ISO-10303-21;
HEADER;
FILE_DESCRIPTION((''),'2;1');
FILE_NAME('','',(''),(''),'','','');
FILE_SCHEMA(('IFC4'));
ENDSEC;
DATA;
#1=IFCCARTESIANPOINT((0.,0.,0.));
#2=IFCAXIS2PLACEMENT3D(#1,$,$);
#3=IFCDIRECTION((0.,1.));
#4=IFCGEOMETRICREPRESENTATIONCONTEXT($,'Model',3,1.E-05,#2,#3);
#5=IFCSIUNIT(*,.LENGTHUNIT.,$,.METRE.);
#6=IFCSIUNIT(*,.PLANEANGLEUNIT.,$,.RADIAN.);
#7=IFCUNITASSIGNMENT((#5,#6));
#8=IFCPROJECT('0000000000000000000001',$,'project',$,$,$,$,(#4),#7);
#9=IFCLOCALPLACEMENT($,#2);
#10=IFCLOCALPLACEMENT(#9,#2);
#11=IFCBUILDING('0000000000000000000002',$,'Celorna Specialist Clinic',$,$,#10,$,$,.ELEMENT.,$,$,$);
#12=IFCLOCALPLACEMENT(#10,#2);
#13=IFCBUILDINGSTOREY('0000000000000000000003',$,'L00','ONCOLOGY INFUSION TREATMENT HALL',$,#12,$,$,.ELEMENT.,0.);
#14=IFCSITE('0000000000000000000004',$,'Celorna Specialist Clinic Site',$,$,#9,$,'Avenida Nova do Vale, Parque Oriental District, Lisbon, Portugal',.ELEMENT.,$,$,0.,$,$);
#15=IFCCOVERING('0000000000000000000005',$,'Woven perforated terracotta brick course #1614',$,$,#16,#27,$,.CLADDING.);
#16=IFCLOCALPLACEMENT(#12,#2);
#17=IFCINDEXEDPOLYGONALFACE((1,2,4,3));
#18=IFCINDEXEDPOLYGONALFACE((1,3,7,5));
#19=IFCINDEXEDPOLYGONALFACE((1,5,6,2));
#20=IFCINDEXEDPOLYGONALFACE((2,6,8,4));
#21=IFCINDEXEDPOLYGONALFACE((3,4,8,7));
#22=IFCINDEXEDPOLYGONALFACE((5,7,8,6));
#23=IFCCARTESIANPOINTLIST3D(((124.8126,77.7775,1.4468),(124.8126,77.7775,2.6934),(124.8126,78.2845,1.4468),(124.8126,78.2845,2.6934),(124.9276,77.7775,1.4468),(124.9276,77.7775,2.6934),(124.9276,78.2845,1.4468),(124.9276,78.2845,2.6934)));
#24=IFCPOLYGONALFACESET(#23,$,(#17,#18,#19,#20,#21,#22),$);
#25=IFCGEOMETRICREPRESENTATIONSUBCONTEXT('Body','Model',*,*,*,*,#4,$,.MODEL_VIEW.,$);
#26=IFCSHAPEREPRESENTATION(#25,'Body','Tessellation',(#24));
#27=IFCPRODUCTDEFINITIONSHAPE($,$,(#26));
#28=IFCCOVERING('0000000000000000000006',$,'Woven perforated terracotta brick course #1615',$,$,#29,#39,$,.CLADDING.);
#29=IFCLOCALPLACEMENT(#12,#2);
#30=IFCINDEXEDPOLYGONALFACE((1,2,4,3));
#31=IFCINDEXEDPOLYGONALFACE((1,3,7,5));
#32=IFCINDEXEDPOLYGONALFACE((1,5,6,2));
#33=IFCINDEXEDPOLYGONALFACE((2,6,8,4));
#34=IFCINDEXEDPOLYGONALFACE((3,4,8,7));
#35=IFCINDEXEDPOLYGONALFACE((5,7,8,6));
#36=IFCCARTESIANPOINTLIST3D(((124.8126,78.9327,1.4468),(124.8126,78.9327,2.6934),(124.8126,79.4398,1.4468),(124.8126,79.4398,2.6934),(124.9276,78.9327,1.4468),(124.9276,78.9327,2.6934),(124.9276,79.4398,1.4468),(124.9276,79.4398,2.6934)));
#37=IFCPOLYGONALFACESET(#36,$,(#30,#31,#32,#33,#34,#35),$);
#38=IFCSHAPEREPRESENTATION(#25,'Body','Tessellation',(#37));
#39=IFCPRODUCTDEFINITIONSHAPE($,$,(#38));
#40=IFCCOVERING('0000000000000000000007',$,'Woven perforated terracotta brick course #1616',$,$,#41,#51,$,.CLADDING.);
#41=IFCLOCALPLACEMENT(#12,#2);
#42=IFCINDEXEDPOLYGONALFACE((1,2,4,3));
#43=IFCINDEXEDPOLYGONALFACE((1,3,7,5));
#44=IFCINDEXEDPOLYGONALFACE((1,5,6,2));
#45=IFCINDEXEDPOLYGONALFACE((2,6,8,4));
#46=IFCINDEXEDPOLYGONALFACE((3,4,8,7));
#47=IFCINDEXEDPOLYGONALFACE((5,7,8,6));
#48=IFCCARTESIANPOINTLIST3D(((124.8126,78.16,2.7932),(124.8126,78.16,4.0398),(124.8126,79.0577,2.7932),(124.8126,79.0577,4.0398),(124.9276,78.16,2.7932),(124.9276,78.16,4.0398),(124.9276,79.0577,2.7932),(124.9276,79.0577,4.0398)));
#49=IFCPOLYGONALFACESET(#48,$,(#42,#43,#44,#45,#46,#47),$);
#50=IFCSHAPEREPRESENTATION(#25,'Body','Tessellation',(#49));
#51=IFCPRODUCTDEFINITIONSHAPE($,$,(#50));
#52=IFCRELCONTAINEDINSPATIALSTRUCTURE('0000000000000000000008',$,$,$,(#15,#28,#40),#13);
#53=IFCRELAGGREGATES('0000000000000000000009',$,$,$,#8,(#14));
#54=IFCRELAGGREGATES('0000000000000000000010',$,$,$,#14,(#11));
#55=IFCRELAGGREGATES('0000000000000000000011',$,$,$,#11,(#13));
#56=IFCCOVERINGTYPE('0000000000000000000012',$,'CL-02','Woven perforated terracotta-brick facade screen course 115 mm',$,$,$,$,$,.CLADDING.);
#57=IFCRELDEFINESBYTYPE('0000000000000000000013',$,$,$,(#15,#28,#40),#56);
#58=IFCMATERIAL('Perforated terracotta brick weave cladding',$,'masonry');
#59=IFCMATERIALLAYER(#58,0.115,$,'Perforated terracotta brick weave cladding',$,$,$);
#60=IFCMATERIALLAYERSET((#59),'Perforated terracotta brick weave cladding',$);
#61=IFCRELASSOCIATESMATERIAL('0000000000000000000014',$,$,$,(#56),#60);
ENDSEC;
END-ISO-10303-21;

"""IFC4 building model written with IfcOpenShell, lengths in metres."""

from ifc_helpers import new_model, si_unit, direction, frame, origin, origin_2d, place, context, subcontext, project, spatial, rectangle, extrude, material, layer, layer_set, type_object, element, save


model = new_model("IFC4")

# Units and contexts
model_context = context("Model", 3, precision=1e-05, world=origin(), true_north=direction((0.0, 1.0)))
body_context = subcontext(model_context, "Body", "Model", "MODEL_VIEW")
ifc_project = project(units=[si_unit("LENGTHUNIT", "METRE"), si_unit("PLANEANGLEUNIT", "RADIAN")], contexts=[model_context])

# Site, building, storey
site_placement = place(None, origin())
site = spatial("IfcSite", under=ifc_project, at=site_placement, Name="Celorna Specialist Clinic Site", LongName="Avenida Nova do Vale, Parque Oriental District, Lisbon, Portugal", CompositionType="ELEMENT", RefElevation=0.0)
building_placement = place(site_placement, origin())
building = spatial("IfcBuilding", under=site, at=building_placement, Name="Celorna Specialist Clinic", CompositionType="ELEMENT")
storey_placement = place(building_placement, origin())
storey = spatial("IfcBuildingStorey", under=building, at=storey_placement, Name="L00", Description="ONCOLOGY INFUSION TREATMENT HALL", CompositionType="ELEMENT", Elevation=0.0)

# Coverings
ifc_material_1 = material(Name="Perforated terracotta brick weave cladding", Category="masonry")
ifc_layer_1 = layer(ifc_material_1, 0.115, Name="Perforated terracotta brick weave cladding")
ifc_layer_set_1 = layer_set([ifc_layer_1], Name="Perforated terracotta brick weave cladding")
covering_type = type_object("IfcCoveringType", Name="CL-02", Description="Woven perforated terracotta-brick facade screen course 115 mm", PredefinedType="CLADDING", material=ifc_layer_set_1)
for number, where, z_axis, x_axis, name in (
    (1, (124.8701, 78.031, 1.4468), (0.0, 0.0, 1.0), (0.0, 1.0, 0.0), "Woven perforated terracotta brick course #1614"),
    (2, (124.8701, 79.1863, 1.4468), (0.0, 0.0, 1.0), (0.0, 1.0, 0.0), "Woven perforated terracotta brick course #1615"),
):
    element("IfcCovering", number, at=place(storey_placement, frame(where, z_axis=z_axis, x_axis=x_axis)), inside=storey, type_object=covering_type, Name=name, PredefinedType="CLADDING", context=body_context, shape_type="SweptSolid", body=[
        extrude(rectangle(XDim=0.5071, YDim=0.115, at=origin_2d()), origin(), (0.0, 0.0, 1.0), 1.2466),
    ])
covering_1_placement = place(storey_placement, frame((124.8701, 78.6089, 2.7932), z_axis=(0.0, 0.0, 1.0), x_axis=(0.0, 1.0, 0.0)))
element("IfcCovering", 3, at=covering_1_placement, inside=storey, type_object=covering_type, Name="Woven perforated terracotta brick course #1616", PredefinedType="CLADDING", context=body_context, shape_type="SweptSolid", body=[
    extrude(rectangle(XDim=0.8977, YDim=0.115, at=origin_2d()), origin(), (0.0, 0.0, 1.0), 1.2466),
])

save(model, "model.ifc")
